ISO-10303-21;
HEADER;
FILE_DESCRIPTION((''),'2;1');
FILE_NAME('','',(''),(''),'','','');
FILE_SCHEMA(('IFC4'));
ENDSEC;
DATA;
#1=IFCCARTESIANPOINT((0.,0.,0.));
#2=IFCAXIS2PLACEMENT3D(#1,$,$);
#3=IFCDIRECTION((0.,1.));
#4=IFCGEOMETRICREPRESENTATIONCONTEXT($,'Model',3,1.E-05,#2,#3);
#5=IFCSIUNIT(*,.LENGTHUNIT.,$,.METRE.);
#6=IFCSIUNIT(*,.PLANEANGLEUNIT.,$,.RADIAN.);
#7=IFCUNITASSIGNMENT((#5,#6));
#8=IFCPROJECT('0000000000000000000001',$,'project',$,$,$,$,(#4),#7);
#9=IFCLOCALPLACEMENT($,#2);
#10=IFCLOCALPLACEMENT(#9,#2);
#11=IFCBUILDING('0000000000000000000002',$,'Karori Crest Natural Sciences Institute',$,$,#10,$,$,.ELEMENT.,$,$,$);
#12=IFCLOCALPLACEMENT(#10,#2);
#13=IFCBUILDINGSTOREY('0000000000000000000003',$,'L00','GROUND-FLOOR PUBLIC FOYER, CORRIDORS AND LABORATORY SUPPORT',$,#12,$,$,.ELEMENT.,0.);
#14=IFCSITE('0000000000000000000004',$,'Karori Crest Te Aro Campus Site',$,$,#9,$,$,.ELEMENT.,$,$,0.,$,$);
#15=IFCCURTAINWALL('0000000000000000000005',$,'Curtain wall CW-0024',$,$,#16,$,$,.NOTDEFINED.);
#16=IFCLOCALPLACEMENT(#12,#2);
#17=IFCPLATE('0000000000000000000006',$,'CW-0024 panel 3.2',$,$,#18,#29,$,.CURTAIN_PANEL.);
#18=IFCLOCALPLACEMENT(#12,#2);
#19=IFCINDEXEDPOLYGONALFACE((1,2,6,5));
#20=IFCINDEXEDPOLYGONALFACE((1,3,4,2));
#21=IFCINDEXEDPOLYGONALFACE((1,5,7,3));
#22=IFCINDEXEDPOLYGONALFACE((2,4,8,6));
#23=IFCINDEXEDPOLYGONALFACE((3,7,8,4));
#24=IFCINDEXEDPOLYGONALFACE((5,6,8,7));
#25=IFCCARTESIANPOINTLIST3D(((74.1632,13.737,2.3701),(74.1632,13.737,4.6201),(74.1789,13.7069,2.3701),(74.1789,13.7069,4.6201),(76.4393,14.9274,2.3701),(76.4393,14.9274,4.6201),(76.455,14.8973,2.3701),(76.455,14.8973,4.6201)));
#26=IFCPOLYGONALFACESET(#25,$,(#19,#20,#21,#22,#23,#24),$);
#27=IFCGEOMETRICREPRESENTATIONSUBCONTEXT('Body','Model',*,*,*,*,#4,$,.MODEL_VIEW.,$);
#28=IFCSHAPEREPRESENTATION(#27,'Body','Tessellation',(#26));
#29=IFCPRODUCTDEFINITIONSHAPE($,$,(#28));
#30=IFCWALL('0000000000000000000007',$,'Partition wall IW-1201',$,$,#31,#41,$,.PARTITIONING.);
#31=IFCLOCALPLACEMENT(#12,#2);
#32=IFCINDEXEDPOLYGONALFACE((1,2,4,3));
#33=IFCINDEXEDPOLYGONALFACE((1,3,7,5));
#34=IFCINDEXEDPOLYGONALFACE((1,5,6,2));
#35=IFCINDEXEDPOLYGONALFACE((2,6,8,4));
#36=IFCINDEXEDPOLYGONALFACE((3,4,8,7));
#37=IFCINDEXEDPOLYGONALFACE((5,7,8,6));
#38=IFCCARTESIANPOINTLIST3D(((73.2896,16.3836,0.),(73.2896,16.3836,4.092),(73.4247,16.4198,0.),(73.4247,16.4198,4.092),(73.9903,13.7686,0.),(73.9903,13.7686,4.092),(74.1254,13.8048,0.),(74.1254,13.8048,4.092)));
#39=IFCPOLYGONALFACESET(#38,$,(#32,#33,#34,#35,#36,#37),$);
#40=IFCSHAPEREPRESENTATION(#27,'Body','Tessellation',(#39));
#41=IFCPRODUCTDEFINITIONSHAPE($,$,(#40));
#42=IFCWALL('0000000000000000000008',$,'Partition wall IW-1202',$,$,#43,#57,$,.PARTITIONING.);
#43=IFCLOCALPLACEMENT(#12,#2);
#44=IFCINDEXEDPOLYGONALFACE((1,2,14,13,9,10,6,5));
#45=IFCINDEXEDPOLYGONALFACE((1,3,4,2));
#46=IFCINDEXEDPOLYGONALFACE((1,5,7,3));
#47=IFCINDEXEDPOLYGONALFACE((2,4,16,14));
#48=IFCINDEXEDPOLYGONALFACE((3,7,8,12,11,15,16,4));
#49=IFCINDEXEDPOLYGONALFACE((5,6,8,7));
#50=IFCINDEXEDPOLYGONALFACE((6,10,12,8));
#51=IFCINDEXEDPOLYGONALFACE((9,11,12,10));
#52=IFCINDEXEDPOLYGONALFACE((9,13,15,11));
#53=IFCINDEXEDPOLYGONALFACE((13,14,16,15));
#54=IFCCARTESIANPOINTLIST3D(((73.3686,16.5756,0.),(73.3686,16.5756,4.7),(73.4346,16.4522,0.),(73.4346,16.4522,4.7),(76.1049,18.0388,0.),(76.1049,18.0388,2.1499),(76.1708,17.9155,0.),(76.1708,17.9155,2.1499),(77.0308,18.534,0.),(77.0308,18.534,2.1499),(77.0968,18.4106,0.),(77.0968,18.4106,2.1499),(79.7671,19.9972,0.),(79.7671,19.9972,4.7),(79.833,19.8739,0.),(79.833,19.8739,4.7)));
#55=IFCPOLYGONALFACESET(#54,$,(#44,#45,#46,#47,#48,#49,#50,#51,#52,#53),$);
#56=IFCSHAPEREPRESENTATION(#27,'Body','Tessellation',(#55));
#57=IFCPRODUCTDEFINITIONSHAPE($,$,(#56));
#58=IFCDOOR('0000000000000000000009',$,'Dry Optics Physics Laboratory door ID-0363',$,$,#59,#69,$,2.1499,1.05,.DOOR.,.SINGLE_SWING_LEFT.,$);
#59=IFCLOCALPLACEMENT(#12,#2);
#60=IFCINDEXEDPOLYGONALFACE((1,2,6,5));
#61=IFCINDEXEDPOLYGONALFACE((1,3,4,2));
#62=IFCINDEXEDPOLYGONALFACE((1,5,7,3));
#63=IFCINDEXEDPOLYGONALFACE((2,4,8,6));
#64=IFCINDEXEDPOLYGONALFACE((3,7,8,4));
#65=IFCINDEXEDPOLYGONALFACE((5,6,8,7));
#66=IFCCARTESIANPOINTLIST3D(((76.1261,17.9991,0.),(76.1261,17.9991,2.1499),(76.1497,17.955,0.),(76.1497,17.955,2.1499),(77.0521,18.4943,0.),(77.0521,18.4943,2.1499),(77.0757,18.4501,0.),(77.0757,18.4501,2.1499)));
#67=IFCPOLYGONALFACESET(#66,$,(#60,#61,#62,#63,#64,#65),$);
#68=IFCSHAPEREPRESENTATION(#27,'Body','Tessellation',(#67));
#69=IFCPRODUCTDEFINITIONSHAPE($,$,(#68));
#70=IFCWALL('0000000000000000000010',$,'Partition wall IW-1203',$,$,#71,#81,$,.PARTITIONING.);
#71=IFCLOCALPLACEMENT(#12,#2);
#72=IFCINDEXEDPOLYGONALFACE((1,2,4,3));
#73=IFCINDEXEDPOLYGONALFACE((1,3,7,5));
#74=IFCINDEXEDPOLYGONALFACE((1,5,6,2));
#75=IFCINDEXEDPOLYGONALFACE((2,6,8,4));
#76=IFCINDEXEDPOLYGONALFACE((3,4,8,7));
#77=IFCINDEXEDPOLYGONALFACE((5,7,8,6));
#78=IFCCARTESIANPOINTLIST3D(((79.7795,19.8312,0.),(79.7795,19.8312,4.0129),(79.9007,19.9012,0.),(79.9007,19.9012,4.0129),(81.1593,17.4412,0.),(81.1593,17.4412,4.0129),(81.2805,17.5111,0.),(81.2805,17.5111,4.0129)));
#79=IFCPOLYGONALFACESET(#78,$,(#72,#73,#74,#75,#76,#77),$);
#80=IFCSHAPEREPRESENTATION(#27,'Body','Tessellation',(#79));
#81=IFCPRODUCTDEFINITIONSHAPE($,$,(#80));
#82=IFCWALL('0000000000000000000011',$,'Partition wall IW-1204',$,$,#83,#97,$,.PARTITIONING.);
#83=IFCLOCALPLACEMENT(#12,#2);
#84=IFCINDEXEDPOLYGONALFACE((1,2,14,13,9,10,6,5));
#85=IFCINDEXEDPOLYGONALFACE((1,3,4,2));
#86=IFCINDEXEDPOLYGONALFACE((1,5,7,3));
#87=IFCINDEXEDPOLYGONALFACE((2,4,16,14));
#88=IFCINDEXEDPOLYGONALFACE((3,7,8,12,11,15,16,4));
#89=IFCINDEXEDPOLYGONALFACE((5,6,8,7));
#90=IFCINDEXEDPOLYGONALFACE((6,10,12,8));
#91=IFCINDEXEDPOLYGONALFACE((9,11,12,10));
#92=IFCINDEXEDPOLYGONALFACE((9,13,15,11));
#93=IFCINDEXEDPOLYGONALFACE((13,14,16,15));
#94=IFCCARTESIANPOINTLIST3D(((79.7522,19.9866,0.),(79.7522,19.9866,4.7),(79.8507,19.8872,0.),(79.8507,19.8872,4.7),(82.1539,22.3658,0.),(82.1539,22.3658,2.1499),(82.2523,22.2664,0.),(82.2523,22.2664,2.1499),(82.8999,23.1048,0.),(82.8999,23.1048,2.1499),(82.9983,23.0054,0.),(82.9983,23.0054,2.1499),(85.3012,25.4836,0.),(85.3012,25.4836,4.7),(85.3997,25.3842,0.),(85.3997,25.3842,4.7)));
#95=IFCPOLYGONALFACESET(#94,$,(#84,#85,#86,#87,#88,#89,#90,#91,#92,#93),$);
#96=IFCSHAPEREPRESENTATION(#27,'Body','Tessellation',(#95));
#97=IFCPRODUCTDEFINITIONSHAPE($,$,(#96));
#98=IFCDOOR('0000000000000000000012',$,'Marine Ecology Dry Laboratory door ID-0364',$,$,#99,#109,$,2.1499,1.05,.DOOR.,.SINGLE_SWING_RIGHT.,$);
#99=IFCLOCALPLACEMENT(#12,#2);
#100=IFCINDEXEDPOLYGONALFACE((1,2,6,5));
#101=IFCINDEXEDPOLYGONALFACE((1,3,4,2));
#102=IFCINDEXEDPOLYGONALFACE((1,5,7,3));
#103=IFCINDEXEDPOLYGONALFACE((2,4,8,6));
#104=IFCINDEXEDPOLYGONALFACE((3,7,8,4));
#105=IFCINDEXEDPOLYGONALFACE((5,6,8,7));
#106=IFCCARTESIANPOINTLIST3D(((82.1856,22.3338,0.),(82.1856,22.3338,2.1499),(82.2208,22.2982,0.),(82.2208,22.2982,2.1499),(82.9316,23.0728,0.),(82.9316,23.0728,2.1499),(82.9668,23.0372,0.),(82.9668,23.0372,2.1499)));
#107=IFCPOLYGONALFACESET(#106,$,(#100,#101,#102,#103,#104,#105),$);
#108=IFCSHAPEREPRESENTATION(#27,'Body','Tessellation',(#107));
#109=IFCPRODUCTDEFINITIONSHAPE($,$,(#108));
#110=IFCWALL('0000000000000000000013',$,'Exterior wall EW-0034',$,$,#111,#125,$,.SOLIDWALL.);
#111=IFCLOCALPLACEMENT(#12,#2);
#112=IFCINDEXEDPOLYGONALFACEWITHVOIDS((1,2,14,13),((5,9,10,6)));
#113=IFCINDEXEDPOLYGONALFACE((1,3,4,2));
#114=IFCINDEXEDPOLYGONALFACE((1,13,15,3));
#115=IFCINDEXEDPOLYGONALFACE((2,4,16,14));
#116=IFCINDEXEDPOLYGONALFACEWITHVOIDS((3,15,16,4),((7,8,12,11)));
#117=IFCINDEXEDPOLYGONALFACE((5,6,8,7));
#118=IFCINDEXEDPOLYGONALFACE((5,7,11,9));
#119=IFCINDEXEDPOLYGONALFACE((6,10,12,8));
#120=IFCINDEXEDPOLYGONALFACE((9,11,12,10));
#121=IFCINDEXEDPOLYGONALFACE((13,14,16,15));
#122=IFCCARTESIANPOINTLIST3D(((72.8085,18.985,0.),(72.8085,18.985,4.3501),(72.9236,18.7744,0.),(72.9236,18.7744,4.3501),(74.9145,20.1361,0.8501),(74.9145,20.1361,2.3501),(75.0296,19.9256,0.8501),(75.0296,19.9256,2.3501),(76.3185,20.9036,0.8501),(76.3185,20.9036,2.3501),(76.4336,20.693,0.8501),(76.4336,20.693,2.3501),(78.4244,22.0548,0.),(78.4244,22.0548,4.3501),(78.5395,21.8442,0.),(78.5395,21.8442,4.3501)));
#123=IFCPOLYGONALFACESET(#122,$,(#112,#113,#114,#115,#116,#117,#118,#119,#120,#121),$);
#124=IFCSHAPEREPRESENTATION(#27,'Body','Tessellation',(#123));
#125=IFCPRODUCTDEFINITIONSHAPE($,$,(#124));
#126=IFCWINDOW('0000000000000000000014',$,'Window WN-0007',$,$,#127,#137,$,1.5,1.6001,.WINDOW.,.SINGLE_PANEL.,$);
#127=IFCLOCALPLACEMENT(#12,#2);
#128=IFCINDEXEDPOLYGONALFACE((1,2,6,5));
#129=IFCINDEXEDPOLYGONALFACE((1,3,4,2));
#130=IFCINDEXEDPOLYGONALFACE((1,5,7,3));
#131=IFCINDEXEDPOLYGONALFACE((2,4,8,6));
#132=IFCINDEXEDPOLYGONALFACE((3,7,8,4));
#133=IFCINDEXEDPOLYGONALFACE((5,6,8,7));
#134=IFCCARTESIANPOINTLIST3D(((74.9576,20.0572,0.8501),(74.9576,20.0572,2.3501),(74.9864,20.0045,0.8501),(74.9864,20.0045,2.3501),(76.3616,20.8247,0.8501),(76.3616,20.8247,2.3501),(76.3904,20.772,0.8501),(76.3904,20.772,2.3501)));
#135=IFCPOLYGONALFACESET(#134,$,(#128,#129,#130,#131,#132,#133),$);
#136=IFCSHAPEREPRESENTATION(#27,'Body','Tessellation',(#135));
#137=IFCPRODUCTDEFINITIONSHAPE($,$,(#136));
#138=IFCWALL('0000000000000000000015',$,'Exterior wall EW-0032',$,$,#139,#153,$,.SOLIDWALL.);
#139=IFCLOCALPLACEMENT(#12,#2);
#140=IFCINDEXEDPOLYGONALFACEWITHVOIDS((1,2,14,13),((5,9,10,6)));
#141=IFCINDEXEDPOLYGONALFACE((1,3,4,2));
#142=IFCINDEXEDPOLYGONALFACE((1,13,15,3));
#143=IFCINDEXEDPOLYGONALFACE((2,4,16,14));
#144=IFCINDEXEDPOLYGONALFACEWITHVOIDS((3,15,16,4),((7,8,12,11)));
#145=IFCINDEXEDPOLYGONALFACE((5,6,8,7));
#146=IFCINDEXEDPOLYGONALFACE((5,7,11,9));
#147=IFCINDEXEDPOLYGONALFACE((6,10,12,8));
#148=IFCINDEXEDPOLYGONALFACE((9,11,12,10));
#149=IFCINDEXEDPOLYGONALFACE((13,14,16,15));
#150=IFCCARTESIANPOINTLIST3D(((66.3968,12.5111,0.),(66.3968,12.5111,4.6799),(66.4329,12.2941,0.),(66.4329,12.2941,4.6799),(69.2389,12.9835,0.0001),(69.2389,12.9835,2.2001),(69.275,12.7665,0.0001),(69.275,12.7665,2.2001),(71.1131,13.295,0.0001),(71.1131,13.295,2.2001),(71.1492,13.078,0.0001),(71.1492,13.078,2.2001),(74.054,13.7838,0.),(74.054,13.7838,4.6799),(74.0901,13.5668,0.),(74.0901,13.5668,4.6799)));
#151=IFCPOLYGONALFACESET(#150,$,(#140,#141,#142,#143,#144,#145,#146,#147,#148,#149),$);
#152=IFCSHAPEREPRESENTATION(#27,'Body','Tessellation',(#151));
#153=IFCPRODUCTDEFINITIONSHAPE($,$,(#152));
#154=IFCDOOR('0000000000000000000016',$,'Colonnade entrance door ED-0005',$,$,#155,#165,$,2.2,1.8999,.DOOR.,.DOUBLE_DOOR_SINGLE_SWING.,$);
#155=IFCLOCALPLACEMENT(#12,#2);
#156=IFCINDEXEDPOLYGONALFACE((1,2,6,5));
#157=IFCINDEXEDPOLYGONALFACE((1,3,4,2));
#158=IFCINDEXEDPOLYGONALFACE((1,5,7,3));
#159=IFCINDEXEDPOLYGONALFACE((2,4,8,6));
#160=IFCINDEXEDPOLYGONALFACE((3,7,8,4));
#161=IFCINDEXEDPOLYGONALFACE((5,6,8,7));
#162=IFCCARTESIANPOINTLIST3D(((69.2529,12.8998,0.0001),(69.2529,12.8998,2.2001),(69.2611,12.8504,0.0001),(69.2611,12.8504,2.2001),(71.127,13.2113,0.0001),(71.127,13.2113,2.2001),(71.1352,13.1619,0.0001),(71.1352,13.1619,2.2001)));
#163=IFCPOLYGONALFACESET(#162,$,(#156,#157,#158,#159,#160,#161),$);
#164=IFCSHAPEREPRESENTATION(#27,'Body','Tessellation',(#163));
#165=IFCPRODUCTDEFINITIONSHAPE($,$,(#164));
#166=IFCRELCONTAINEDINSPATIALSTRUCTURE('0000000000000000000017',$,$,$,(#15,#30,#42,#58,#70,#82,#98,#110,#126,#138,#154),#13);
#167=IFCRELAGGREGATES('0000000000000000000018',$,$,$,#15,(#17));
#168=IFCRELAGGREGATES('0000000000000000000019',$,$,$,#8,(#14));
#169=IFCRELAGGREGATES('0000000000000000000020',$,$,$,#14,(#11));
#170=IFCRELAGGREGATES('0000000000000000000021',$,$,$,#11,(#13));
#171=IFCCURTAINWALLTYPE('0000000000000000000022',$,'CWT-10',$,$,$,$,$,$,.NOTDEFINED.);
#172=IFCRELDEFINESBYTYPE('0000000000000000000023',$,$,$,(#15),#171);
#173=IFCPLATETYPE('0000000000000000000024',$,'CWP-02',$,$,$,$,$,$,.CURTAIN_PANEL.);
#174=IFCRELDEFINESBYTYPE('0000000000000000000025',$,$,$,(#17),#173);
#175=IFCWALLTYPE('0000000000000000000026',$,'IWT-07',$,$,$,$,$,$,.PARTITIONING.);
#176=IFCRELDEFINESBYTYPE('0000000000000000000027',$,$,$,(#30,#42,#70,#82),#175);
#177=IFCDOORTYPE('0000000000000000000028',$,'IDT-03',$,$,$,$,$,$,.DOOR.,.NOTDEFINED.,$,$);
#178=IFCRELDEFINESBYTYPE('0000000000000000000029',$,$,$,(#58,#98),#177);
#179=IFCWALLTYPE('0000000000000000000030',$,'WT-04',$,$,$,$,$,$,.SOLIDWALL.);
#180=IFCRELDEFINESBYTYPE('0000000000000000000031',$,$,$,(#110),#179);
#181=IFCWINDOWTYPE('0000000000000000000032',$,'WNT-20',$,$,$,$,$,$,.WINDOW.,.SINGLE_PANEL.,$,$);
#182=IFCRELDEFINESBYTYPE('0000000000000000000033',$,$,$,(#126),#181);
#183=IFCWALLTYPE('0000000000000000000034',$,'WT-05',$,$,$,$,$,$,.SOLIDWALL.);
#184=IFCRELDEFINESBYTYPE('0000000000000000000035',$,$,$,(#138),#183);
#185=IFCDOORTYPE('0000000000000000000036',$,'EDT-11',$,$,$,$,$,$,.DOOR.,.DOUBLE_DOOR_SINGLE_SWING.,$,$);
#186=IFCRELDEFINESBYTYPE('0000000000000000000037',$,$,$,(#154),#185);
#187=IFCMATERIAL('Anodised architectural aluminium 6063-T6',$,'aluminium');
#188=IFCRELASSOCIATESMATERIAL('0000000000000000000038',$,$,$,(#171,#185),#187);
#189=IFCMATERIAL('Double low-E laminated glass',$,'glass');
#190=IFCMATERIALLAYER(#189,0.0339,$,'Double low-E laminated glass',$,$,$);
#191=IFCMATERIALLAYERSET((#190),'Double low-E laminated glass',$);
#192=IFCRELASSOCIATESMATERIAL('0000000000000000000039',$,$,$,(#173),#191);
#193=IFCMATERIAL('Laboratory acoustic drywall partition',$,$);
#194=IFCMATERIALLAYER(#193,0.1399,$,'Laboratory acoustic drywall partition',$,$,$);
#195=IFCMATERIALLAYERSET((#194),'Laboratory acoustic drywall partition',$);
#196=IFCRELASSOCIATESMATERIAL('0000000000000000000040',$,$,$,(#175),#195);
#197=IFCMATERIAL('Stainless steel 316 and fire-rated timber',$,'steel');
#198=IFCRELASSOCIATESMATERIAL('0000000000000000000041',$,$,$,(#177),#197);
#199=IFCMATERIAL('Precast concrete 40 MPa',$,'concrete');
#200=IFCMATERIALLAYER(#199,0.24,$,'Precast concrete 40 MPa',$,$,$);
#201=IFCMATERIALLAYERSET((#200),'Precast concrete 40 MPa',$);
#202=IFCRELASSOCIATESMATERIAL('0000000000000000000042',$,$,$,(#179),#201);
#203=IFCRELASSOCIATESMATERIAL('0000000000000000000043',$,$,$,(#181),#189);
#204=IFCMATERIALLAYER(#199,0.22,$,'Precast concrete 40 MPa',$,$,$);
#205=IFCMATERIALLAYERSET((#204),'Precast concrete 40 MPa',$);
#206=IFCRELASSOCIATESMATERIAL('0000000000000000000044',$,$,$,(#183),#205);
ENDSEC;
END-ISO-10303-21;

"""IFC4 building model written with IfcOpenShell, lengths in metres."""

from ifc_helpers import new_model, si_unit, direction, frame, frame_2d, origin, origin_2d, place, context, subcontext, project, spatial, rectangle, extrude, material, layer, layer_set, type_object, element, fill, aggregate, save


model = new_model("IFC4")

# Units and contexts
model_context = context("Model", 3, precision=1e-05, world=origin(), true_north=direction((0.0, 1.0)))
body_context = subcontext(model_context, "Body", "Model", "MODEL_VIEW")
ifc_project = project(units=[si_unit("LENGTHUNIT", "METRE"), si_unit("PLANEANGLEUNIT", "RADIAN")], contexts=[model_context])

# Site, building, storey
site_placement = place(None, origin())
site = spatial("IfcSite", under=ifc_project, at=site_placement, Name="Karori Crest Te Aro Campus Site", CompositionType="ELEMENT", RefElevation=0.0)
building_placement = place(site_placement, origin())
building = spatial("IfcBuilding", under=site, at=building_placement, Name="Karori Crest Natural Sciences Institute", CompositionType="ELEMENT")
storey_placement = place(building_placement, origin())
storey = spatial("IfcBuildingStorey", under=building, at=storey_placement, Name="L00", Description="GROUND-FLOOR PUBLIC FOYER, CORRIDORS AND LABORATORY SUPPORT", CompositionType="ELEMENT", Elevation=0.0)

# Shared definitions
ifc_material_1 = material(Name="Anodised architectural aluminium 6063-T6", Category="aluminium")

# Curtain wall
curtain_wall_type_1 = type_object("IfcCurtainWallType", Name="CWT-10", PredefinedType="NOTDEFINED", material=ifc_material_1)
curtain_wall_1_placement = place(storey_placement, origin())
curtain_wall_1 = element("IfcCurtainWall", 1, at=curtain_wall_1_placement, inside=storey, type_object=curtain_wall_type_1, Name="Curtain wall CW-0024", PredefinedType="NOTDEFINED")

# Plate
ifc_material_2 = material(Name="Double low-E laminated glass", Category="glass")
ifc_layer_1 = layer(ifc_material_2, 0.0339, Name="Double low-E laminated glass")
ifc_layer_set_1 = layer_set([ifc_layer_1], Name="Double low-E laminated glass")
plate_type = type_object("IfcPlateType", Name="CWP-02", PredefinedType="CURTAIN_PANEL", material=ifc_layer_set_1)
plate_1_placement = place(storey_placement, frame((75.3091, 14.3171, 2.3701), z_axis=(0.0, 0.0, 1.0), x_axis=(-0.886136, -0.463426, 0.0)))
plate_1 = element("IfcPlate", 2, at=plate_1_placement, type_object=plate_type, Name="CW-0024 panel 3.2", PredefinedType="CURTAIN_PANEL", context=body_context, shape_type="SweptSolid", body=[
    extrude(rectangle(XDim=2.5686, YDim=0.0339, at=origin_2d()), origin(), (0.0, 0.0, 1.0), 2.25),
])
aggregate(curtain_wall_1, [plate_1])

# Wall
ifc_material_3 = material(Name="Laboratory acoustic drywall partition")
ifc_layer_2 = layer(ifc_material_3, 0.1399, Name="Laboratory acoustic drywall partition")
ifc_layer_set_2 = layer_set([ifc_layer_2], Name="Laboratory acoustic drywall partition")
wall_type_1 = type_object("IfcWallType", Name="IWT-07", PredefinedType="PARTITIONING", material=ifc_layer_set_2)
wall_1_placement = place(storey_placement, frame((73.3572, 16.4016, 0.0), z_axis=(0.0, 0.0, 1.0), x_axis=(0.258819, -0.965926, 0.0)))
element("IfcWall", 3, at=wall_1_placement, inside=storey, type_object=wall_type_1, Name="Partition wall IW-1201", PredefinedType="PARTITIONING", context=body_context, shape_type="SweptSolid", body=[
    extrude(rectangle(XDim=2.7073, YDim=0.1399, at=frame_2d((1.3535, 0.0))), origin(), (0.0, 0.0, 1.0), 4.092),
])

# Wall, opening, door
wall_2_placement = place(storey_placement, frame((73.4016, 16.5139, 0.0), z_axis=(0.0, 0.0, 1.0), x_axis=(0.88183, 0.471568, 0.0)))
wall_2 = element("IfcWall", 4, at=wall_2_placement, inside=storey, type_object=wall_type_1, Name="Partition wall IW-1202", PredefinedType="PARTITIONING", context=body_context, shape_type="SweptSolid", body=[
    extrude(rectangle(XDim=7.2559, YDim=0.1399, at=frame_2d((3.6279, 0.0))), origin(), (0.0, 0.0, 1.0), 4.7),
])
opening_1_placement = place(wall_2_placement, frame((3.103, 0.0, 0.0)))
opening_1 = element("IfcOpeningElement", 5, at=opening_1_placement, cuts=wall_2, PredefinedType="OPENING", context=body_context, shape_type="SweptSolid", body=[
    extrude(rectangle(XDim=1.05, YDim=2.1499, at=frame_2d((0.5249, 1.075))), frame((0.0, 0.0801, 0.0), z_axis=(0.0, -1.0, 0.0), x_axis=(1.0, 0.0, 0.0)), (0.0, 0.0, 1.0), 0.1599),
])
ifc_material_4 = material(Name="Stainless steel 316 and fire-rated timber", Category="steel")
door_type_1 = type_object("IfcDoorType", Name="IDT-03", OperationType="NOTDEFINED", PredefinedType="DOOR", material=ifc_material_4)
door_1_placement = place(opening_1_placement, origin())
door_1 = element("IfcDoor", 6, at=door_1_placement, inside=storey, type_object=door_type_1, Name="Dry Optics Physics Laboratory door ID-0363", OperationType="SINGLE_SWING_LEFT", OverallHeight=2.1499, OverallWidth=1.05, PredefinedType="DOOR", context=body_context, shape_type="SweptSolid", body=[
    extrude(rectangle(XDim=1.05, YDim=2.1499, at=frame_2d((0.5249, 1.075))), frame((0.0, 0.0249, 0.0), z_axis=(0.0, -1.0, 0.0), x_axis=(1.0, 0.0, 0.0)), (0.0, 0.0, 1.0), 0.05),
])
fill(opening_1, door_1)

# Wall
wall_3_placement = place(storey_placement, frame((79.8401, 19.8662, 0.0), z_axis=(0.0, 0.0, 1.0), x_axis=(0.499983, -0.866035, 0.0)))
element("IfcWall", 7, at=wall_3_placement, inside=storey, type_object=wall_type_1, Name="Partition wall IW-1203", PredefinedType="PARTITIONING", context=body_context, shape_type="SweptSolid", body=[
    extrude(rectangle(XDim=2.7598, YDim=0.1399, at=frame_2d((1.3799, 0.0))), origin(), (0.0, 0.0, 1.0), 4.0129),
])

# Wall, opening, door
wall_4_placement = place(storey_placement, frame((79.8015, 19.937, 0.0), z_axis=(0.0, 0.0, 1.0), x_axis=(0.710428, 0.70377, 0.0)))
wall_4 = element("IfcWall", 8, at=wall_4_placement, inside=storey, type_object=wall_type_1, Name="Partition wall IW-1204", PredefinedType="PARTITIONING", context=body_context, shape_type="SweptSolid", body=[
    extrude(rectangle(XDim=7.8108, YDim=0.1399, at=frame_2d((3.9053, 0.0))), origin(), (0.0, 0.0, 1.0), 4.7),
])
opening_2_placement = place(wall_4_placement, frame((3.3806, 0.0, 0.0)))
opening_2 = element("IfcOpeningElement", 9, at=opening_2_placement, cuts=wall_4, PredefinedType="OPENING", context=body_context, shape_type="SweptSolid", body=[
    extrude(rectangle(XDim=1.05, YDim=2.1499, at=frame_2d((0.5249, 1.075))), frame((0.0, 0.0801, 0.0), z_axis=(0.0, -1.0, 0.0), x_axis=(1.0, 0.0, 0.0)), (0.0, 0.0, 1.0), 0.1599),
])
door_2_placement = place(opening_2_placement, origin())
door_2 = element("IfcDoor", 10, at=door_2_placement, inside=storey, type_object=door_type_1, Name="Marine Ecology Dry Laboratory door ID-0364", OperationType="SINGLE_SWING_RIGHT", OverallHeight=2.1499, OverallWidth=1.05, PredefinedType="DOOR", context=body_context, shape_type="SweptSolid", body=[
    extrude(rectangle(XDim=1.05, YDim=2.1499, at=frame_2d((0.5249, 1.075))), frame((0.0, 0.0249, 0.0), z_axis=(0.0, -1.0, 0.0), x_axis=(1.0, 0.0, 0.0)), (0.0, 0.0, 1.0), 0.05),
])
fill(opening_2, door_2)

# Wall, opening, window
ifc_material_5 = material(Name="Precast concrete 40 MPa", Category="concrete")
ifc_layer_3 = layer(ifc_material_5, 0.24, Name="Precast concrete 40 MPa")
ifc_layer_set_3 = layer_set([ifc_layer_3], Name="Precast concrete 40 MPa")
wall_type_2 = type_object("IfcWallType", Name="WT-04", PredefinedType="SOLIDWALL", material=ifc_layer_set_3)
wall_5_placement = place(storey_placement, frame((72.866, 18.8796, 0.0), z_axis=(0.0, 0.0, 1.0), x_axis=(0.877464, 0.479643, 0.0)))
wall_5 = element("IfcWall", 11, at=wall_5_placement, inside=storey, type_object=wall_type_2, Name="Exterior wall EW-0034", PredefinedType="SOLIDWALL", context=body_context, shape_type="SweptSolid", body=[
    extrude(rectangle(XDim=6.4001, YDim=0.24, at=frame_2d((3.2002, 0.0))), origin(), (0.0, 0.0, 1.0), 4.3501),
])
opening_3_placement = place(wall_5_placement, frame((2.4001, 0.0, 0.8501)))
opening_3 = element("IfcOpeningElement", 12, at=opening_3_placement, cuts=wall_5, PredefinedType="OPENING", context=body_context, shape_type="SweptSolid", body=[
    extrude(rectangle(XDim=1.6001, YDim=1.5, at=frame_2d((0.8, 0.75))), frame((0.0, 0.1299, 0.0), z_axis=(0.0, -1.0, 0.0), x_axis=(1.0, 0.0, 0.0)), (0.0, 0.0, 1.0), 0.26),
])
window_type = type_object("IfcWindowType", Name="WNT-20", PartitioningType="SINGLE_PANEL", PredefinedType="WINDOW", material=ifc_material_2)
window_placement = place(opening_3_placement, origin())
window = element("IfcWindow", 13, at=window_placement, inside=storey, type_object=window_type, Name="Window WN-0007", OverallHeight=1.5, OverallWidth=1.6001, PartitioningType="SINGLE_PANEL", PredefinedType="WINDOW", context=body_context, shape_type="SweptSolid", body=[
    extrude(rectangle(XDim=1.6001, YDim=1.5, at=frame_2d((0.8, 0.75))), frame((0.0, 0.03, 0.0), z_axis=(0.0, -1.0, 0.0), x_axis=(1.0, 0.0, 0.0)), (0.0, 0.0, 1.0), 0.0601),
])
fill(opening_3, window)

# Wall, opening, door
ifc_layer_4 = layer(ifc_material_5, 0.22, Name="Precast concrete 40 MPa")
ifc_layer_set_4 = layer_set([ifc_layer_4], Name="Precast concrete 40 MPa")
wall_type_3 = type_object("IfcWallType", Name="WT-05", PredefinedType="SOLIDWALL", material=ifc_layer_set_4)
wall_6_placement = place(storey_placement, frame((74.072, 13.6753, 0.0), z_axis=(0.0, 0.0, 1.0), x_axis=(-0.986467, -0.16396, 0.0)))
wall_6 = element("IfcWall", 14, at=wall_6_placement, inside=storey, type_object=wall_type_3, Name="Exterior wall EW-0032", PredefinedType="SOLIDWALL", context=body_context, shape_type="SweptSolid", body=[
    extrude(rectangle(XDim=7.7622, YDim=0.22, at=frame_2d((3.8811, 0.0))), origin(), (0.0, 0.0, 1.0), 4.6799),
])
opening_4_placement = place(wall_6_placement, frame((2.9812, 0.0, 0.0)))
opening_4 = element("IfcOpeningElement", 15, at=opening_4_placement, cuts=wall_6, PredefinedType="OPENING", context=body_context, shape_type="SweptSolid", body=[
    extrude(rectangle(XDim=1.8999, YDim=2.2, at=frame_2d((0.95, 1.1001))), frame((0.0, 0.1201, 0.0), z_axis=(0.0, -1.0, 0.0), x_axis=(1.0, 0.0, 0.0)), (0.0, 0.0, 1.0), 0.24),
])
door_type_2 = type_object("IfcDoorType", Name="EDT-11", OperationType="DOUBLE_DOOR_SINGLE_SWING", PredefinedType="DOOR", material=ifc_material_1)
door_3_placement = place(opening_4_placement, origin())
door_3 = element("IfcDoor", 16, at=door_3_placement, inside=storey, type_object=door_type_2, Name="Colonnade entrance door ED-0005", OperationType="DOUBLE_DOOR_SINGLE_SWING", OverallHeight=2.2, OverallWidth=1.8999, PredefinedType="DOOR", context=body_context, shape_type="SweptSolid", body=[
    extrude(rectangle(XDim=1.8999, YDim=2.2, at=frame_2d((0.95, 1.1001))), frame((0.0, 0.0249, 0.0), z_axis=(0.0, -1.0, 0.0), x_axis=(1.0, 0.0, 0.0)), (0.0, 0.0, 1.0), 0.05),
])
fill(opening_4, door_3)

save(model, "model.ifc")
